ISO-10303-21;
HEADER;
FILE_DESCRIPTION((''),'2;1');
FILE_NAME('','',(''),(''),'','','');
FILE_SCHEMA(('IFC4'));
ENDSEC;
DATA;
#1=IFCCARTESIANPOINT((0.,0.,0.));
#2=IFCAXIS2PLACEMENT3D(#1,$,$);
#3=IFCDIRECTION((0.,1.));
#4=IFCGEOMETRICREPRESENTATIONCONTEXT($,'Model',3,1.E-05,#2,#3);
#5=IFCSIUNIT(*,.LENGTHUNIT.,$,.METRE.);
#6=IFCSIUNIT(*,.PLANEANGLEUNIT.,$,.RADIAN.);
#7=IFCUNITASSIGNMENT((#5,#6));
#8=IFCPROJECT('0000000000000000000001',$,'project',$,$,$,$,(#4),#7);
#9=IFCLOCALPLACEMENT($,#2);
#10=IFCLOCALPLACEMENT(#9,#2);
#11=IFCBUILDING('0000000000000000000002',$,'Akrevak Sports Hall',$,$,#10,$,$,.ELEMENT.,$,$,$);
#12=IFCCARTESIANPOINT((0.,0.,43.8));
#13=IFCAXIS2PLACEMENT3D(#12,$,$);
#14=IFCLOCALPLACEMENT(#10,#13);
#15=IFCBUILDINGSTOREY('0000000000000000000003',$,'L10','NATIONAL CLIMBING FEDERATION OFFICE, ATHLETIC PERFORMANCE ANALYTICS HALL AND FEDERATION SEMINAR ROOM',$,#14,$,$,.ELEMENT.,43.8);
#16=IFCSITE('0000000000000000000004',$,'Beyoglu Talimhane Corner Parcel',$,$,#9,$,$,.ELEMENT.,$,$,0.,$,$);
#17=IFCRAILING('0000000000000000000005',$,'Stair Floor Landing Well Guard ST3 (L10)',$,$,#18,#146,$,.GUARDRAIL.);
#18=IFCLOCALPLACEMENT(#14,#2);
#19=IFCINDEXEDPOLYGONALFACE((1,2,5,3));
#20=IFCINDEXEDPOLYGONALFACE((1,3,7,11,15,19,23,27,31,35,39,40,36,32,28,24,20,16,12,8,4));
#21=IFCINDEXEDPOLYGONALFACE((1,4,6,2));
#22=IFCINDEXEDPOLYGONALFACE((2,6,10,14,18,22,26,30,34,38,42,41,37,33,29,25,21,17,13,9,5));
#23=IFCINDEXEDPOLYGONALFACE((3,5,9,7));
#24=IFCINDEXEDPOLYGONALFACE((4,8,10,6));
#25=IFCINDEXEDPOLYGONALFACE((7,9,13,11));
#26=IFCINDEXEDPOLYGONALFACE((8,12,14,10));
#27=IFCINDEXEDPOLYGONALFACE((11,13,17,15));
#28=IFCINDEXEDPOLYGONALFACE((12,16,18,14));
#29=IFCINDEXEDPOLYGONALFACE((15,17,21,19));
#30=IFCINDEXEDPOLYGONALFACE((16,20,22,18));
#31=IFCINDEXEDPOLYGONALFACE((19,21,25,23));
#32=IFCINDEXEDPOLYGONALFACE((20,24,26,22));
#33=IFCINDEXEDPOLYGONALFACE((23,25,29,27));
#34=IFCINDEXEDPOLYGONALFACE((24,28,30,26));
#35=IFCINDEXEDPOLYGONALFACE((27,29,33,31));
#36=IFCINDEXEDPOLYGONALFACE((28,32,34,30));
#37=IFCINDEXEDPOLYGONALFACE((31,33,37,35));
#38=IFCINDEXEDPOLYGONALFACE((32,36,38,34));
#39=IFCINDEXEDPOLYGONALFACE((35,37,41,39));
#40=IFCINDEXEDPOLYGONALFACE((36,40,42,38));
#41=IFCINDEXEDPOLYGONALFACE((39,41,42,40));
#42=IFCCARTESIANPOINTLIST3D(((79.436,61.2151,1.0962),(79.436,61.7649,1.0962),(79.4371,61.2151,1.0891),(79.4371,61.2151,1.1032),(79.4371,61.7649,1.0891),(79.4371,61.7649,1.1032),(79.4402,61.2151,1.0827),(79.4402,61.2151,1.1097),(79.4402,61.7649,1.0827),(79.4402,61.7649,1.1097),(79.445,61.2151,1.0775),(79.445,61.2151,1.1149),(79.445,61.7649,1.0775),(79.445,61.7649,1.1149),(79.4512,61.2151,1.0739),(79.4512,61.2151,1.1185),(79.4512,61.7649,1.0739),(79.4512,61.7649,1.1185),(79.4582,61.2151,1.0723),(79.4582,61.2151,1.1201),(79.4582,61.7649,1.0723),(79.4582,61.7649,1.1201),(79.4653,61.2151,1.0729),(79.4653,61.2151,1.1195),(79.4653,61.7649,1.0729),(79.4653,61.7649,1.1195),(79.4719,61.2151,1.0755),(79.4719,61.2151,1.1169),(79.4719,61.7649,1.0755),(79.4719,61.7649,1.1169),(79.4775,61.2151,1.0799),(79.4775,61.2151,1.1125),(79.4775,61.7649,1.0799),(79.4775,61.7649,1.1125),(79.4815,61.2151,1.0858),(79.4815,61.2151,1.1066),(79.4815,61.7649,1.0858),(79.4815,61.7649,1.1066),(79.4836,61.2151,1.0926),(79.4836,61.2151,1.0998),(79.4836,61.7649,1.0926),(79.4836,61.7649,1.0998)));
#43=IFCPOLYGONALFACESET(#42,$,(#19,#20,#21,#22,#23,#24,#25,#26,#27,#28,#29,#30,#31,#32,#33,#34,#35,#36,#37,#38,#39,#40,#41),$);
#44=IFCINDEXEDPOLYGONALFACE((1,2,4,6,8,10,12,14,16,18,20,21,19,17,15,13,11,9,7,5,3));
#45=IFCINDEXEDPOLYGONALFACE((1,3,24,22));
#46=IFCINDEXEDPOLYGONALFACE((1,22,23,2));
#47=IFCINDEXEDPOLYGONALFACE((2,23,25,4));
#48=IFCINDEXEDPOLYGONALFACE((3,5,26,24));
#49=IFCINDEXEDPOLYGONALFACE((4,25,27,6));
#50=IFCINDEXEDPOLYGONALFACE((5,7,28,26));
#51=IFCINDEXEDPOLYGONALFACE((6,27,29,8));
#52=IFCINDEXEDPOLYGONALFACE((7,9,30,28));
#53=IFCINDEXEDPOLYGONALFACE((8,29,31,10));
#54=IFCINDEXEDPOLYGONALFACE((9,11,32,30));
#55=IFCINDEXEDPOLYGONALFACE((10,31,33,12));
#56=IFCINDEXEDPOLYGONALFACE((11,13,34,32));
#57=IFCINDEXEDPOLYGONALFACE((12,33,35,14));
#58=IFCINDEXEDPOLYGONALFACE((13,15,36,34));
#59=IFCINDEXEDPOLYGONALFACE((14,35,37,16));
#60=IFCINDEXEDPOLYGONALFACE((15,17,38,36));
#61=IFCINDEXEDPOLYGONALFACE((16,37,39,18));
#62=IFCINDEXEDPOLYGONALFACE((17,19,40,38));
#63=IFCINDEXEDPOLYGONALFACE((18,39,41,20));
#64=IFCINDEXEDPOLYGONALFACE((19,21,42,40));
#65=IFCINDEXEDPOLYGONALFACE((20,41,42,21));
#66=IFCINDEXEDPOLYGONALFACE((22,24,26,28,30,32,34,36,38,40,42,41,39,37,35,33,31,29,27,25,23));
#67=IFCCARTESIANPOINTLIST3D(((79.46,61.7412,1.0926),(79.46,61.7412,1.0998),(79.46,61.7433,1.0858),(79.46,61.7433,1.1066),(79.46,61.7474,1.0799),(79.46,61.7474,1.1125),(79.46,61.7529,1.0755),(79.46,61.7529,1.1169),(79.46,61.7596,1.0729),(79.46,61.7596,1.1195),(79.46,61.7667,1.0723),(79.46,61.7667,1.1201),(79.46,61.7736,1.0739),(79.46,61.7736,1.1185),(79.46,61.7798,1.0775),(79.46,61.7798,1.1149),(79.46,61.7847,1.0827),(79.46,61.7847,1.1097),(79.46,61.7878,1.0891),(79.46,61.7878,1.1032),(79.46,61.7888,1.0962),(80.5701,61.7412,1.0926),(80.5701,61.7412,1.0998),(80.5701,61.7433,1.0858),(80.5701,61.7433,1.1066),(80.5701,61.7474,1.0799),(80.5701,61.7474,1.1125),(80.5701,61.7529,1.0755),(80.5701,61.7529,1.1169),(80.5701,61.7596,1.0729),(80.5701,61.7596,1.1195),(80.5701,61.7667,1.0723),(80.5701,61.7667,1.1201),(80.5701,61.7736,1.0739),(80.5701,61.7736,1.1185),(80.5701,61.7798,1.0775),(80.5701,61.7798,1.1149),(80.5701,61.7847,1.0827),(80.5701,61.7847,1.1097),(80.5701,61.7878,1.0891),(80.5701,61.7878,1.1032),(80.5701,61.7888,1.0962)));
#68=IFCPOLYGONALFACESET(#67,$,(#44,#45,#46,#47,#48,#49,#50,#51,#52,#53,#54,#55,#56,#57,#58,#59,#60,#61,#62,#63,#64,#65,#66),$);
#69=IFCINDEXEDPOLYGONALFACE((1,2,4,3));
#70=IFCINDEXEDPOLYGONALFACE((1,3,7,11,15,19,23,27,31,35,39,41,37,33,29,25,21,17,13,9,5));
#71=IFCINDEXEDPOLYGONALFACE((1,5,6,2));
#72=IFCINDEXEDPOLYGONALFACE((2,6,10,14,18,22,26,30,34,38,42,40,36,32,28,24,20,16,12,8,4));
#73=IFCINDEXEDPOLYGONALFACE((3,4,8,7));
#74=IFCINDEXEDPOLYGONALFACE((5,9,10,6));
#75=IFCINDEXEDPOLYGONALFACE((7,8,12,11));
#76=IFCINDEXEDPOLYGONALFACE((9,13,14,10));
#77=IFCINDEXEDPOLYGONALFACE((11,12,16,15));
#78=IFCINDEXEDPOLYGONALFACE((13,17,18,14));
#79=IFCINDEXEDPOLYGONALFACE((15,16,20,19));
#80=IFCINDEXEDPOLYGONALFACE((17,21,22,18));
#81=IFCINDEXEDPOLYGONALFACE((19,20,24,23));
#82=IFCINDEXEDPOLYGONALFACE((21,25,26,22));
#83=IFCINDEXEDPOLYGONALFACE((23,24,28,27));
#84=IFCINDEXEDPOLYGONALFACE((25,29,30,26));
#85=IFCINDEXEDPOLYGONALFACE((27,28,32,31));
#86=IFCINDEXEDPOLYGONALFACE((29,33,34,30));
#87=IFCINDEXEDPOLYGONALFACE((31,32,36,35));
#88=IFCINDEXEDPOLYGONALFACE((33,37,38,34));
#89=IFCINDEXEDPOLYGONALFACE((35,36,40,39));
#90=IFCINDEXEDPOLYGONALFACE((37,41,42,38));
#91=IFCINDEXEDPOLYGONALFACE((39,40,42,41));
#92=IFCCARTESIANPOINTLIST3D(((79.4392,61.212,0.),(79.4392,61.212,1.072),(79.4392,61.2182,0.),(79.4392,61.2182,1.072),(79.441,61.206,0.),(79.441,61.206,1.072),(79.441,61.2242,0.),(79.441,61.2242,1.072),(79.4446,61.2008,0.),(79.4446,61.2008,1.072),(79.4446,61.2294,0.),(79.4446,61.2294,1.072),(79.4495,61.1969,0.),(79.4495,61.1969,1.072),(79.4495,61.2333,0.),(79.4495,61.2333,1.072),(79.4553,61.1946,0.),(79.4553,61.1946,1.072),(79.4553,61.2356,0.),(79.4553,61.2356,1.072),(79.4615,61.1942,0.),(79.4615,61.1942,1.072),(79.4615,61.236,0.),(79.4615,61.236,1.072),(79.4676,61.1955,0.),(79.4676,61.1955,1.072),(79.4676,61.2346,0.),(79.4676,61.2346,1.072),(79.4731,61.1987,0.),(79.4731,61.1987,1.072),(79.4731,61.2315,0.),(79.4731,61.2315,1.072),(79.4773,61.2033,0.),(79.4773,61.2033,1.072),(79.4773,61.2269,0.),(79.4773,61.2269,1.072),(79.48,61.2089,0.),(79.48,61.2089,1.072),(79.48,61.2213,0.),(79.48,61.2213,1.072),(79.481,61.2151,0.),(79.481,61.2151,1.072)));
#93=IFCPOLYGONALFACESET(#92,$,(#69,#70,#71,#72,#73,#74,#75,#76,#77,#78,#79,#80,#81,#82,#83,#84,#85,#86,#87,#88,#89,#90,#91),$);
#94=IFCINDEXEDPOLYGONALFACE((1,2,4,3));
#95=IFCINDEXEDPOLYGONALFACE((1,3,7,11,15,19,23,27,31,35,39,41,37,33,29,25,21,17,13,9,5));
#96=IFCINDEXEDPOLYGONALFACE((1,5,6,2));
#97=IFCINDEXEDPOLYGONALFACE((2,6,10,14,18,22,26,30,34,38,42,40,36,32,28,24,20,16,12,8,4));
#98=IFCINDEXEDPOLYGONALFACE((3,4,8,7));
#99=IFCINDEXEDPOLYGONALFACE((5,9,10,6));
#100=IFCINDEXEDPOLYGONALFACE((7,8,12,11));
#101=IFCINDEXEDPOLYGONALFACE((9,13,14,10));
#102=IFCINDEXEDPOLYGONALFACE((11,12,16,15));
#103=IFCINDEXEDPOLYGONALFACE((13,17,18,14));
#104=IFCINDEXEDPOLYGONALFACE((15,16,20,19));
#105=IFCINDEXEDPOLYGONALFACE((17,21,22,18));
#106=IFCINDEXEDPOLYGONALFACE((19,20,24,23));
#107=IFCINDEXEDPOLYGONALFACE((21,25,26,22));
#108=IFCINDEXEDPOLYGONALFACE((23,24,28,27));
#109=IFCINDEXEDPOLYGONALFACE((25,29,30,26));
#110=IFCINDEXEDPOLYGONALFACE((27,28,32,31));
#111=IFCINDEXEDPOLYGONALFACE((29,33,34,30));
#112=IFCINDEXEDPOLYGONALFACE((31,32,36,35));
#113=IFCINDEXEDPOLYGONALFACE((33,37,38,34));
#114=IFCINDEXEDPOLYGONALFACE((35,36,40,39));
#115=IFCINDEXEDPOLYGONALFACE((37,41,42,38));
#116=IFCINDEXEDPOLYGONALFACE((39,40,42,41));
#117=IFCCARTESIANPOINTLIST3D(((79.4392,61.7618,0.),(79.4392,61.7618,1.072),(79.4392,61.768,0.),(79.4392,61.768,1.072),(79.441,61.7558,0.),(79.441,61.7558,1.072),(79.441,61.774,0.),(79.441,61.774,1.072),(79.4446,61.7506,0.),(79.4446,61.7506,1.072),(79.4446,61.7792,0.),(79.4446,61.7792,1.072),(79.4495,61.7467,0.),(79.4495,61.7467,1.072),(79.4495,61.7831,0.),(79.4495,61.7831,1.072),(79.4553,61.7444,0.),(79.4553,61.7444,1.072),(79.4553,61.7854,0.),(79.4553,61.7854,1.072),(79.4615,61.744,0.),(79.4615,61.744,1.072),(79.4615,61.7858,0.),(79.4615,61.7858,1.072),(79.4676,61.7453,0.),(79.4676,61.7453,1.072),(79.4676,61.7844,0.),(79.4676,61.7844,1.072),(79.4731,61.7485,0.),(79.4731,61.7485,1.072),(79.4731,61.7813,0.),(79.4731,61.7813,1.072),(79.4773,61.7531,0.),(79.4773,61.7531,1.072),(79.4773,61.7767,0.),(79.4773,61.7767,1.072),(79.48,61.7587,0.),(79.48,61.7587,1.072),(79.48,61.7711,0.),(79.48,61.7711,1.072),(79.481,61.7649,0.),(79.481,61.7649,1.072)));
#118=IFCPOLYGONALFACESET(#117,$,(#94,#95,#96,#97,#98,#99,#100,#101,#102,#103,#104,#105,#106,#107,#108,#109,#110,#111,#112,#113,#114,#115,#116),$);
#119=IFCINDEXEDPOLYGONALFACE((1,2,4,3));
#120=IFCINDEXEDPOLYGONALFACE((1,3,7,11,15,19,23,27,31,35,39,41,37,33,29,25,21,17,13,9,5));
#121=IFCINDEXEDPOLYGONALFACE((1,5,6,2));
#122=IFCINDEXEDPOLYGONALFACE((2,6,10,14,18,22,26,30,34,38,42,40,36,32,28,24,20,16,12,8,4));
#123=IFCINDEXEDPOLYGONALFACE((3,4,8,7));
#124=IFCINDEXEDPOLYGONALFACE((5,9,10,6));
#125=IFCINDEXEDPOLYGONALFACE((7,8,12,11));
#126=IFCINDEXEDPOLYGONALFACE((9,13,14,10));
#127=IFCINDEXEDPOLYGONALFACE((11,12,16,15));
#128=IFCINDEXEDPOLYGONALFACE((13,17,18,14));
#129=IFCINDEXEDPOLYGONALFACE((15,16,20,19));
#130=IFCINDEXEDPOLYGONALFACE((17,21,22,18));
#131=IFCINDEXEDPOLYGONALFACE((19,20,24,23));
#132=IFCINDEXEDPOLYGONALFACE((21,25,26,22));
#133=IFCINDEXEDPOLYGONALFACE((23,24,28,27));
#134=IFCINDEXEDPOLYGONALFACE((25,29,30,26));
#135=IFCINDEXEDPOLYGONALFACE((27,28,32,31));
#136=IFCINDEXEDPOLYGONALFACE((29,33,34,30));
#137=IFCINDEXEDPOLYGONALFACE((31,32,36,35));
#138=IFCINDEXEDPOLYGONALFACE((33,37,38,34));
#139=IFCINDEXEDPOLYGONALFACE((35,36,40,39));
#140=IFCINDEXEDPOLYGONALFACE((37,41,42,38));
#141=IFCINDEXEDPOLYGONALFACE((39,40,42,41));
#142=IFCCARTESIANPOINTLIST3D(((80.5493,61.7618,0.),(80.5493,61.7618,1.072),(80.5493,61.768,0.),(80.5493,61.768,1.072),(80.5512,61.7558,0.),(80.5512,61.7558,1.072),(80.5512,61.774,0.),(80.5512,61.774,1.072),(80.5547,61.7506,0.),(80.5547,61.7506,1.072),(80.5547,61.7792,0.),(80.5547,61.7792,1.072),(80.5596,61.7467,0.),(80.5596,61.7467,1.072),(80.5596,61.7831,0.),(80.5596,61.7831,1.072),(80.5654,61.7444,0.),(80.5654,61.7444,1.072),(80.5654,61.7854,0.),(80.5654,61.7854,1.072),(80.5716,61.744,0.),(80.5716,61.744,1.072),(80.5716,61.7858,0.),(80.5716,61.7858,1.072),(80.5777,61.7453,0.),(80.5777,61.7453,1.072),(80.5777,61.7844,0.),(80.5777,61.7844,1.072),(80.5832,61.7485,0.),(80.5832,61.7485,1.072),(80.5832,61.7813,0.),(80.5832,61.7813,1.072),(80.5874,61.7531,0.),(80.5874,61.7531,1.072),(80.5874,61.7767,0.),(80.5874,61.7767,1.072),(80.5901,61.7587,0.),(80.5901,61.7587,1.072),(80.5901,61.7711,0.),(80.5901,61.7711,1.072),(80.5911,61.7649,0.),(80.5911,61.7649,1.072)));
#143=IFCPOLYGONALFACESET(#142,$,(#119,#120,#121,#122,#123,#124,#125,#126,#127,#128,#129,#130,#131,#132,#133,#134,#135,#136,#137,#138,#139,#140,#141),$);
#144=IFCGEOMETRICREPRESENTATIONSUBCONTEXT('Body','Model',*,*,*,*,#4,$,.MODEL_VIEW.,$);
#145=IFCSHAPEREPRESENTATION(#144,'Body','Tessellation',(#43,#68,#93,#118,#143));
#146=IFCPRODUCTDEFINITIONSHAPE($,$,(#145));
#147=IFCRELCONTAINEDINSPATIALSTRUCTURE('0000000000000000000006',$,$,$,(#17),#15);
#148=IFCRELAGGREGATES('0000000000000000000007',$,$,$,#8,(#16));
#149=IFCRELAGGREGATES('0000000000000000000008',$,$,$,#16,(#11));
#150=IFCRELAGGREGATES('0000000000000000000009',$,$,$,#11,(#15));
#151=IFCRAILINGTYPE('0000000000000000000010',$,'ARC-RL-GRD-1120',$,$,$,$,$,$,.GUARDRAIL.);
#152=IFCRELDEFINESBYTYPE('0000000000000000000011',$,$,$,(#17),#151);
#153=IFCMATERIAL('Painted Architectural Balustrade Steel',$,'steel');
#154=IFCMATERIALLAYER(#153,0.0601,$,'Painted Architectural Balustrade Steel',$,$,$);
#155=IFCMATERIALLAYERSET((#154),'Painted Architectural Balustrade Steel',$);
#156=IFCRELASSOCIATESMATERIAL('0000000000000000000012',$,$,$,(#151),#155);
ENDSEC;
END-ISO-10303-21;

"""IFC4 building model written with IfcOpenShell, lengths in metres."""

from ifc_helpers import new_model, si_unit, direction, frame, origin, origin_2d, place, context, subcontext, project, spatial, circle, extrude, material, layer, layer_set, type_object, element, save


model = new_model("IFC4")

# Units and contexts
model_context = context("Model", 3, precision=1e-05, world=origin(), true_north=direction((0.0, 1.0)))
body_context = subcontext(model_context, "Body", "Model", "MODEL_VIEW")
ifc_project = project(units=[si_unit("LENGTHUNIT", "METRE"), si_unit("PLANEANGLEUNIT", "RADIAN")], contexts=[model_context])

# Site, building, storey
site_placement = place(None, origin())
site = spatial("IfcSite", under=ifc_project, at=site_placement, Name="Beyoglu Talimhane Corner Parcel", CompositionType="ELEMENT", RefElevation=0.0)
building_placement = place(site_placement, origin())
building = spatial("IfcBuilding", under=site, at=building_placement, Name="Akrevak Sports Hall", CompositionType="ELEMENT")
storey_placement = place(building_placement, frame((0.0, 0.0, 43.8)))
storey = spatial("IfcBuildingStorey", under=building, at=storey_placement, Name="L10", Description="NATIONAL CLIMBING FEDERATION OFFICE, ATHLETIC PERFORMANCE ANALYTICS HALL AND FEDERATION SEMINAR ROOM", CompositionType="ELEMENT", Elevation=43.8)

# Railing
ifc_material_1 = material(Name="Painted Architectural Balustrade Steel", Category="steel")
ifc_layer_1 = layer(ifc_material_1, 0.0601, Name="Painted Architectural Balustrade Steel")
ifc_layer_set_1 = layer_set([ifc_layer_1], Name="Painted Architectural Balustrade Steel")
railing_type_1 = type_object("IfcRailingType", Name="ARC-RL-GRD-1120", PredefinedType="GUARDRAIL", material=ifc_layer_set_1)
railing_1_placement = place(storey_placement, frame((79.46, 61.2151, 0.0)))
element("IfcRailing", 1, at=railing_1_placement, inside=storey, type_object=railing_type_1, Name="Stair Floor Landing Well Guard ST3 (L10)", PredefinedType="GUARDRAIL", context=body_context, shape_type="SweptSolid", body=[
    extrude(circle(Radius=0.0239, at=origin_2d()), frame((0.0, 0.0, 1.0962), z_axis=(0.0, 1.0, 0.0), x_axis=(-1.0, 0.0, 0.0)), (0.0, 0.0, 1.0), 0.5498),
    extrude(circle(Radius=0.0239, at=origin_2d()), frame((0.0, 0.5498, 1.0962), z_axis=(1.0, 0.0, 0.0), x_axis=(0.0, 1.0, 0.0)), (0.0, 0.0, 1.0), 1.1101),
    extrude(circle(Radius=0.021, at=origin_2d()), origin(), (0.0, 0.0, 1.0), 1.072),
    extrude(circle(Radius=0.021, at=origin_2d()), frame((0.0, 0.5498, 0.0)), (0.0, 0.0, 1.0), 1.072),
    extrude(circle(Radius=0.021, at=origin_2d()), frame((1.1101, 0.5498, 0.0)), (0.0, 0.0, 1.0), 1.072),
])

save(model, "model.ifc")
